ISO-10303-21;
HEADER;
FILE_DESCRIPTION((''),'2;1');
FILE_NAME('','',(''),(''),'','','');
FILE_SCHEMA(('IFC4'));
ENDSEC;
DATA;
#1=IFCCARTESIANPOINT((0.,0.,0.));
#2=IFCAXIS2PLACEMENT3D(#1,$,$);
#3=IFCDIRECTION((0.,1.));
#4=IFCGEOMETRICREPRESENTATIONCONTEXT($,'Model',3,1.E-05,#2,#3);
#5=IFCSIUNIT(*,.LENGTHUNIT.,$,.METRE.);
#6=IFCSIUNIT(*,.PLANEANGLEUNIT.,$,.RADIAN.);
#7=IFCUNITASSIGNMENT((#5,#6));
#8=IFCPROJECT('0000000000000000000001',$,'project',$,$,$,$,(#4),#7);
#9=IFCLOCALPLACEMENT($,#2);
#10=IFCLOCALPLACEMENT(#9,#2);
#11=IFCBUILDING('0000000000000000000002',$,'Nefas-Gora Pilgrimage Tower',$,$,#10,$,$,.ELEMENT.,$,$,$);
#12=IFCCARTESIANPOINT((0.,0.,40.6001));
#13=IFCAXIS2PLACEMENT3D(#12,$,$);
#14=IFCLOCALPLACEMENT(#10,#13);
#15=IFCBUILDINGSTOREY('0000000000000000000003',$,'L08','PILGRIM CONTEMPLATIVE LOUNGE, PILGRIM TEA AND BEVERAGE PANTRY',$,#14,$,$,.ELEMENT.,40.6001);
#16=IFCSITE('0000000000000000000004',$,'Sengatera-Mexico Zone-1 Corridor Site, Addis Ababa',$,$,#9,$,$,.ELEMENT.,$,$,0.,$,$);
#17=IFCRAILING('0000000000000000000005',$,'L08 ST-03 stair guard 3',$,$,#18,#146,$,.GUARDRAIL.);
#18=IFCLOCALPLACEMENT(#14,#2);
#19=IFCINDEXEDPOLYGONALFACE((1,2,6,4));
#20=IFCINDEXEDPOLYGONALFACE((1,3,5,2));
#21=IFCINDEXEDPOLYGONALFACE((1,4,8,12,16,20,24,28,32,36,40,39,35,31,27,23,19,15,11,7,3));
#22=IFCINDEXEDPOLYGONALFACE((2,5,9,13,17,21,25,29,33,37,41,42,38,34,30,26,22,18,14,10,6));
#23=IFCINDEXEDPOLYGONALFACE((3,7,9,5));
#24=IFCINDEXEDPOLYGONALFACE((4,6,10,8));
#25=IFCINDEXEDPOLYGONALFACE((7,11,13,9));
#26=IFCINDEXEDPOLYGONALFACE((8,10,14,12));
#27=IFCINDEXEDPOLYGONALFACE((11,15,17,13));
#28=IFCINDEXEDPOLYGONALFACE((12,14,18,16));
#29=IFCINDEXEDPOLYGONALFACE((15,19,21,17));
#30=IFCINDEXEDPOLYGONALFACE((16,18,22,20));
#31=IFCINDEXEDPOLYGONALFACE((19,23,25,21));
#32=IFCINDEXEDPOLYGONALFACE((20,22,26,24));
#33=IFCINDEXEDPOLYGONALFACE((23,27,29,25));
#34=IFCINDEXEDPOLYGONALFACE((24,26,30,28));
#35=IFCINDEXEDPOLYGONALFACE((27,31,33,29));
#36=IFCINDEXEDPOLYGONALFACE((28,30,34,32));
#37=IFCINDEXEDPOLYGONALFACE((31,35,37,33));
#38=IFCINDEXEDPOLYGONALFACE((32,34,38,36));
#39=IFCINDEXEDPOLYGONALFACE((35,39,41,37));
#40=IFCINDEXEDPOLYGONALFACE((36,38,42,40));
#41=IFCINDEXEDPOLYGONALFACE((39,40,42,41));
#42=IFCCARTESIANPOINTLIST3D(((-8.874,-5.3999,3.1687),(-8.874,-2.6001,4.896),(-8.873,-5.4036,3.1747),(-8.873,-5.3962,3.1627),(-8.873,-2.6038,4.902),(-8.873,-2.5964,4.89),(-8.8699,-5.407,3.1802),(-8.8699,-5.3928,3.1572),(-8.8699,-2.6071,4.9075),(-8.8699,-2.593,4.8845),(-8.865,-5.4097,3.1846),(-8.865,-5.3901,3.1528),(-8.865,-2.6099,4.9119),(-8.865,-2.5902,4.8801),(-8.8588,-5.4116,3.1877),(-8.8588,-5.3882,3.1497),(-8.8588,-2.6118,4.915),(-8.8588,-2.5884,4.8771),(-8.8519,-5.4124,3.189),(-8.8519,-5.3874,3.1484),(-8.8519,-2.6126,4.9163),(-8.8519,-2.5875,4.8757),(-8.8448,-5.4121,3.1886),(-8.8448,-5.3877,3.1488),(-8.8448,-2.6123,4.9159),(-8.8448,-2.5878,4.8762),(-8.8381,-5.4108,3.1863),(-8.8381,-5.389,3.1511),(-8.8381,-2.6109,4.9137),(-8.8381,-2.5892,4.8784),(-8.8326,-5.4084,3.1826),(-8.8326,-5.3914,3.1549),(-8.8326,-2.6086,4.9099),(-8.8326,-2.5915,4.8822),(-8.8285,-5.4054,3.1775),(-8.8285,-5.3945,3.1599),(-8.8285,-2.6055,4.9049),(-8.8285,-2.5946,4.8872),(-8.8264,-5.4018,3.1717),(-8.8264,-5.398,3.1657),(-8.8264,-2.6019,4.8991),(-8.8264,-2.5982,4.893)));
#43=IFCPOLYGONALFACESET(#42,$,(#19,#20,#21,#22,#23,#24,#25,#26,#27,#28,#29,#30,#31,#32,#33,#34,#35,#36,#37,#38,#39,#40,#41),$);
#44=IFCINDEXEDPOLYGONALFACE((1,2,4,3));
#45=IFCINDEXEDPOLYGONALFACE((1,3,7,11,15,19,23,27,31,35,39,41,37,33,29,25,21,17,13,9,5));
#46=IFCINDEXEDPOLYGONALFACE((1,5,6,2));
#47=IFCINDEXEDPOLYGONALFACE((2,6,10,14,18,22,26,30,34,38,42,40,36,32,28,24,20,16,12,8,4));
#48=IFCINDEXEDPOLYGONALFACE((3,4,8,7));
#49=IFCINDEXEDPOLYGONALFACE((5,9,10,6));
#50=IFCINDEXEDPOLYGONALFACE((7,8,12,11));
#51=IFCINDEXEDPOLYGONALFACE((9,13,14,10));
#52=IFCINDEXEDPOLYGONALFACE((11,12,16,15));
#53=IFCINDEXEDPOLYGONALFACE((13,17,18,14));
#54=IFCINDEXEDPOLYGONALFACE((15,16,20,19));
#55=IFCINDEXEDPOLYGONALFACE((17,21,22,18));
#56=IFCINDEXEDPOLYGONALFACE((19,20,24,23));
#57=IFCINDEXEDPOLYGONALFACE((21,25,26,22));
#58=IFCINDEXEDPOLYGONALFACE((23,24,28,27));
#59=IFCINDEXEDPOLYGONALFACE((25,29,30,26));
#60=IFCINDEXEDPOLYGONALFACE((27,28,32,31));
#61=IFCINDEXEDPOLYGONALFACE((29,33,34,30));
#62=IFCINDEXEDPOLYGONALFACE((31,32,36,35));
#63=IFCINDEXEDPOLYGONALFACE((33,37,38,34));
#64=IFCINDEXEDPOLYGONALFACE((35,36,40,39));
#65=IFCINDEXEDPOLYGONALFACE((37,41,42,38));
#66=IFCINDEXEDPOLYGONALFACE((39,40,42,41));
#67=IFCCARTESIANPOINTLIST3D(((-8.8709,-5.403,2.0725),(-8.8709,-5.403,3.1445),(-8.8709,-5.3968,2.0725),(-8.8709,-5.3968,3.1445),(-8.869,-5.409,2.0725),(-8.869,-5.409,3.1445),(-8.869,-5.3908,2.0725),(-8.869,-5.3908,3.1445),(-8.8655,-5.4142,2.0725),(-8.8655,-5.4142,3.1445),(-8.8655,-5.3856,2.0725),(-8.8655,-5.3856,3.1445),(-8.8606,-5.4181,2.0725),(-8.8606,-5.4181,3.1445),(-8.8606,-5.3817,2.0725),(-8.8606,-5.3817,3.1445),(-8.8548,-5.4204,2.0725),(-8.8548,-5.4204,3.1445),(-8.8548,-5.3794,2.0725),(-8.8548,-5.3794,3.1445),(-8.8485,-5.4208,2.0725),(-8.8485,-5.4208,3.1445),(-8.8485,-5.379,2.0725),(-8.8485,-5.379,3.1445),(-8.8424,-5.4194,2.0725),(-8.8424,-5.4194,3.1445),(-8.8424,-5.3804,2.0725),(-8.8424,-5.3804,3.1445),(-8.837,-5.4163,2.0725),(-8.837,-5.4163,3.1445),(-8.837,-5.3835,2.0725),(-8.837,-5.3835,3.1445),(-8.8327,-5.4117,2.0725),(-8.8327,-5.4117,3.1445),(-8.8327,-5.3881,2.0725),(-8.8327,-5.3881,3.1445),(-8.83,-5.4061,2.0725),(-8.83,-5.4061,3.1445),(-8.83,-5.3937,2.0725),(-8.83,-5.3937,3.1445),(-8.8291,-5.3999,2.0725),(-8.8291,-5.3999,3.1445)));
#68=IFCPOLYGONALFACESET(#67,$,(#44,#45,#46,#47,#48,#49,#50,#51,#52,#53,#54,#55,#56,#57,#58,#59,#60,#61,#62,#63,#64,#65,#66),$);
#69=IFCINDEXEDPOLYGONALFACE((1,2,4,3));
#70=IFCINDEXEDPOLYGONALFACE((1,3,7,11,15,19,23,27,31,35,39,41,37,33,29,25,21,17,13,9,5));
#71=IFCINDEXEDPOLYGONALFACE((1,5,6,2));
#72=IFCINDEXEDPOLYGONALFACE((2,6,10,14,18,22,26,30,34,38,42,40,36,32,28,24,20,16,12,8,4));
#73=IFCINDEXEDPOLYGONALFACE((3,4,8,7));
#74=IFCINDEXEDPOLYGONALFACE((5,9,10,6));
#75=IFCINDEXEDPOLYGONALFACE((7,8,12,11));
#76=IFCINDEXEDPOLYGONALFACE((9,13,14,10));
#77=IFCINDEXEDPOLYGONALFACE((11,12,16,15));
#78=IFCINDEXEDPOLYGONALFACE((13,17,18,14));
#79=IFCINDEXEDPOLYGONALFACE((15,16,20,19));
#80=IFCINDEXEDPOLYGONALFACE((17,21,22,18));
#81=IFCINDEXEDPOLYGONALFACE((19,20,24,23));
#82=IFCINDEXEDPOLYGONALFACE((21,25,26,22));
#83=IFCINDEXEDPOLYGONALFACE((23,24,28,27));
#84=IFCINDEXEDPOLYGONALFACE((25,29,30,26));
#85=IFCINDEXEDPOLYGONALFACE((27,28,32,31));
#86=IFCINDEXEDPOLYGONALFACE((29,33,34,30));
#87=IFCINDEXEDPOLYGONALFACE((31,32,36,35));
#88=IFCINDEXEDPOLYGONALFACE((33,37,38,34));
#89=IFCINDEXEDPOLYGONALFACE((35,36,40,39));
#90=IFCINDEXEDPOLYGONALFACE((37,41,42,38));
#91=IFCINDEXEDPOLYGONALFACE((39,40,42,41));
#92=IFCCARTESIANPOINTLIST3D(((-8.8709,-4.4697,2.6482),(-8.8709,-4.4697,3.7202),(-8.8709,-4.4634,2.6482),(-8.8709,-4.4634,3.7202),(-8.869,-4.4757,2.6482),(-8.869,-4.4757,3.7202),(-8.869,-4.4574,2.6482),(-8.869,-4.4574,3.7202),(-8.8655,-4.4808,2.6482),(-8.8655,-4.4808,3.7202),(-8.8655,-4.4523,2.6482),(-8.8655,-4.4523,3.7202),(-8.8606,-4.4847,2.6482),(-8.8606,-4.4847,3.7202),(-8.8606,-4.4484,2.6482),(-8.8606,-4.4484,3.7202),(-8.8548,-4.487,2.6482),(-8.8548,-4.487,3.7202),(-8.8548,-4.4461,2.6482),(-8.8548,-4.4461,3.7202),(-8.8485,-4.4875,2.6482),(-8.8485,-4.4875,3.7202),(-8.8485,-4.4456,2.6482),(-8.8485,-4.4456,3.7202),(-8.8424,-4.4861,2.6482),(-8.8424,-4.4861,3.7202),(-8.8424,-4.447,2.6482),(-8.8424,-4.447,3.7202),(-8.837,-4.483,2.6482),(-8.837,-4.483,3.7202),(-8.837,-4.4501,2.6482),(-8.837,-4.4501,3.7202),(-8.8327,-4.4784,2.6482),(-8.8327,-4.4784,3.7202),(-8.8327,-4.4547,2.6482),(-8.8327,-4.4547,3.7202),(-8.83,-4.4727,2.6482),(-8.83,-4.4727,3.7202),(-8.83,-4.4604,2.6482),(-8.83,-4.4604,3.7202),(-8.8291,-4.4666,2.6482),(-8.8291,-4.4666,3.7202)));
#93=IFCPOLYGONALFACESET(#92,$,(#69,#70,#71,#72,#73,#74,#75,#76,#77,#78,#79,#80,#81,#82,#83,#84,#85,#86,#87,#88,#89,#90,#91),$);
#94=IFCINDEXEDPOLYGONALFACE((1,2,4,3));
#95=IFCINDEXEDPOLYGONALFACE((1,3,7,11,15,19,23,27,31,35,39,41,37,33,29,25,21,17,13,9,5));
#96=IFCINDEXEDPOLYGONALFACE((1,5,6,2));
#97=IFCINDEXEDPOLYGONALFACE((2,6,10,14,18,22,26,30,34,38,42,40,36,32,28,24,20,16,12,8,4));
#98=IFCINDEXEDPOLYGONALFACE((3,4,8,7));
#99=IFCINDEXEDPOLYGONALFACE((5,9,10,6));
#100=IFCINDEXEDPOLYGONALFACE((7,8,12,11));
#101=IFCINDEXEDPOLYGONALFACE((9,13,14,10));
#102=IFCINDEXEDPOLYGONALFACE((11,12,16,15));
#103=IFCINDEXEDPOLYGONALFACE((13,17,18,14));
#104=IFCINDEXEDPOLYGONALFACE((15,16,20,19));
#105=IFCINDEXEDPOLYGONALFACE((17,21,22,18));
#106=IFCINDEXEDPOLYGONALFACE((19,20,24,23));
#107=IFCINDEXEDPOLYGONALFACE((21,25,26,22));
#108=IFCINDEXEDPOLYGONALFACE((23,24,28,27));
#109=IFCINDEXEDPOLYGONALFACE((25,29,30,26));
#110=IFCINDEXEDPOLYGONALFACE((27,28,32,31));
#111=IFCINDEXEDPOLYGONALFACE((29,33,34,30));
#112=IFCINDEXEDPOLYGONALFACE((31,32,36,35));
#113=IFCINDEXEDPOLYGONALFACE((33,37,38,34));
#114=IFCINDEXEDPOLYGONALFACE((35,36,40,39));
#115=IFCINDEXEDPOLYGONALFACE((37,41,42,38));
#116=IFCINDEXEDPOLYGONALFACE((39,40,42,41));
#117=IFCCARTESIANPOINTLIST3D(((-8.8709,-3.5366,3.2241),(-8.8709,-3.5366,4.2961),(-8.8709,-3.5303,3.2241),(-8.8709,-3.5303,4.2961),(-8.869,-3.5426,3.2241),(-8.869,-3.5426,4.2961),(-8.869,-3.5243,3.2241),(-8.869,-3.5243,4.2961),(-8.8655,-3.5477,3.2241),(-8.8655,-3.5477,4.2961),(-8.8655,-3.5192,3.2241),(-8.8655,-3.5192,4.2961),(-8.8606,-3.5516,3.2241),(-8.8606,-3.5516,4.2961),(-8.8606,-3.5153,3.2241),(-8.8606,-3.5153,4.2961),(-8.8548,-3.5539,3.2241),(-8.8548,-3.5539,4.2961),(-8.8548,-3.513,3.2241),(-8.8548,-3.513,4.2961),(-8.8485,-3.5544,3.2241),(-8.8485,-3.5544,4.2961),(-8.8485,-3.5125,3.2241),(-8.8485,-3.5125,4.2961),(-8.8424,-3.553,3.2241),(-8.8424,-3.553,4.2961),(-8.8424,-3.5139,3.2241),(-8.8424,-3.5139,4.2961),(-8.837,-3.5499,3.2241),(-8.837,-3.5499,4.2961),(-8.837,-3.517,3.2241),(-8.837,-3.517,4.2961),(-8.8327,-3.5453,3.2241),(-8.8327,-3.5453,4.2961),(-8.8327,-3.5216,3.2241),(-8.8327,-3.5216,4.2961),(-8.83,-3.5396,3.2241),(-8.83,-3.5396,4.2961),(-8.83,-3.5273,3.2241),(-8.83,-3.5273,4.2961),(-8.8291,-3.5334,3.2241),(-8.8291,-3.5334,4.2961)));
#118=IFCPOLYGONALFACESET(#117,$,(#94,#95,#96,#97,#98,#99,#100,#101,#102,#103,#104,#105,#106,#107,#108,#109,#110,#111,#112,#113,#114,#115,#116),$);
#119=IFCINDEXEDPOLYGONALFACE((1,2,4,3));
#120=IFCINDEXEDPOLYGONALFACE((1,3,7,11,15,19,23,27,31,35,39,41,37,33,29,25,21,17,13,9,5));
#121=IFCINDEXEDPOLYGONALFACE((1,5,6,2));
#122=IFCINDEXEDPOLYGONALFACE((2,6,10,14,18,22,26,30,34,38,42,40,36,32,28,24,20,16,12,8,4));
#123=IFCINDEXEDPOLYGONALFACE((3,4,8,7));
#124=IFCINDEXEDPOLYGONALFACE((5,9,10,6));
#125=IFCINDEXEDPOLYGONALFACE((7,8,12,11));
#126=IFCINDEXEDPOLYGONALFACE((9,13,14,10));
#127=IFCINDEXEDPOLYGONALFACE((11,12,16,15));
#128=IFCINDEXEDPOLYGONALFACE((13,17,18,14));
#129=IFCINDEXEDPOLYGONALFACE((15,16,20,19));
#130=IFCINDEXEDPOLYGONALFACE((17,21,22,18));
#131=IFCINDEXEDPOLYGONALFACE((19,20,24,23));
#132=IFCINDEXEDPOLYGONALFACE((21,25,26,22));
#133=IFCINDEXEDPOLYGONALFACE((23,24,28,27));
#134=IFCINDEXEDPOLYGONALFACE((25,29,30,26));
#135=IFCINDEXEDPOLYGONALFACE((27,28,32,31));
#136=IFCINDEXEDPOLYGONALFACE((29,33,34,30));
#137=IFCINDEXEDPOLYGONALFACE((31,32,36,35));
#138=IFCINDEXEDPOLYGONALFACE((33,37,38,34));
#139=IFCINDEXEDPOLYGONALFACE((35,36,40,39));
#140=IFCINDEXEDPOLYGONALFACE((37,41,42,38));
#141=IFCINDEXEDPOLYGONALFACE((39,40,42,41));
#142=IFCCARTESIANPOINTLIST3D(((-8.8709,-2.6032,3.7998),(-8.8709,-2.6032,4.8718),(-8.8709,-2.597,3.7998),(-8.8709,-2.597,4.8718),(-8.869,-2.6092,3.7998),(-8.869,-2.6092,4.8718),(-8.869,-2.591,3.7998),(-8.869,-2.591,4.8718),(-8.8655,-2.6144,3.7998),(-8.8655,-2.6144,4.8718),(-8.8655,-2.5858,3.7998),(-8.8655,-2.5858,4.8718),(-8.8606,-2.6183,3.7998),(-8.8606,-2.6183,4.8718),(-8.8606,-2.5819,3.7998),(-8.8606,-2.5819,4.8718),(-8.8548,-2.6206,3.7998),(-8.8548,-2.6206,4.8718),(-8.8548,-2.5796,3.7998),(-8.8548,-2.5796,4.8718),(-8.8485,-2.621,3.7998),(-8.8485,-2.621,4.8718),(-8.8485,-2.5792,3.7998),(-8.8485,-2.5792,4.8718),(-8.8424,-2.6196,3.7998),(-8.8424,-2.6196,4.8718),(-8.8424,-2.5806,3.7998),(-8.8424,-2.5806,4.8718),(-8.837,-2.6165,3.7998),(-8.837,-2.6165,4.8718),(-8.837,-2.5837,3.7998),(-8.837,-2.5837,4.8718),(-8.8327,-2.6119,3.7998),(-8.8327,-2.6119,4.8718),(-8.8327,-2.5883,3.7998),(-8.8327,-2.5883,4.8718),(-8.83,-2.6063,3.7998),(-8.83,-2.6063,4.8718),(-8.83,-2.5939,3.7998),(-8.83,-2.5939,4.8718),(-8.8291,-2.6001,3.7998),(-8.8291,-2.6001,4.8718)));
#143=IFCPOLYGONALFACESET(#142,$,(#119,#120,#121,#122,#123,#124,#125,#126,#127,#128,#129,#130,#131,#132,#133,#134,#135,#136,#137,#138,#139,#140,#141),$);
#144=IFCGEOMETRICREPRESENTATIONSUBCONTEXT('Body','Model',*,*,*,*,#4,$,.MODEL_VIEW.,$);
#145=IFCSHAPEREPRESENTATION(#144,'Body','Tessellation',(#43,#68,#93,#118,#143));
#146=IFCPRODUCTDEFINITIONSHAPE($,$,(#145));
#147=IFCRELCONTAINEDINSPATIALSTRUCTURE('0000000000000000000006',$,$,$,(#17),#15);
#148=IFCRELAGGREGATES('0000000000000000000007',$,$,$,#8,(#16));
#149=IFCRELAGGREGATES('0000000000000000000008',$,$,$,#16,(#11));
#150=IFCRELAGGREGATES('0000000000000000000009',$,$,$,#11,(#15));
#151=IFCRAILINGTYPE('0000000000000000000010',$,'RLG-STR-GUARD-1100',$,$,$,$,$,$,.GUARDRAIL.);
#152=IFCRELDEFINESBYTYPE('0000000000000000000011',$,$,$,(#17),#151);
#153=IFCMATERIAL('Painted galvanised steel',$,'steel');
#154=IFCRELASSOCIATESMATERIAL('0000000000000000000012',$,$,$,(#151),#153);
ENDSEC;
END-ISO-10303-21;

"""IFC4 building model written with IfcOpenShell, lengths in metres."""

from ifc_helpers import new_model, si_unit, direction, frame, origin, origin_2d, place, context, subcontext, project, spatial, circle, extrude, material, type_object, element, save


model = new_model("IFC4")

# Units and contexts
model_context = context("Model", 3, precision=1e-05, world=origin(), true_north=direction((0.0, 1.0)))
body_context = subcontext(model_context, "Body", "Model", "MODEL_VIEW")
ifc_project = project(units=[si_unit("LENGTHUNIT", "METRE"), si_unit("PLANEANGLEUNIT", "RADIAN")], contexts=[model_context])

# Site, building, storey
site_placement = place(None, origin())
site = spatial("IfcSite", under=ifc_project, at=site_placement, Name="Sengatera-Mexico Zone-1 Corridor Site, Addis Ababa", CompositionType="ELEMENT", RefElevation=0.0)
building_placement = place(site_placement, origin())
building = spatial("IfcBuilding", under=site, at=building_placement, Name="Nefas-Gora Pilgrimage Tower", CompositionType="ELEMENT")
storey_placement = place(building_placement, frame((0.0, 0.0, 40.6001)))
storey = spatial("IfcBuildingStorey", under=building, at=storey_placement, Name="L08", Description="PILGRIM CONTEMPLATIVE LOUNGE, PILGRIM TEA AND BEVERAGE PANTRY", CompositionType="ELEMENT", Elevation=40.6001)

# Railing
ifc_material_1 = material(Name="Painted galvanised steel", Category="steel")
railing_type_1 = type_object("IfcRailingType", Name="RLG-STR-GUARD-1100", PredefinedType="GUARDRAIL", material=ifc_material_1)
railing_1_placement = place(storey_placement, frame((-8.8501, -5.3999, 2.0725)))
element("IfcRailing", 1, at=railing_1_placement, inside=storey, type_object=railing_type_1, Name="L08 ST-03 stair guard 3", PredefinedType="GUARDRAIL", context=body_context, shape_type="SweptSolid", body=[
    extrude(circle(Radius=0.0239, at=origin_2d()), frame((0.0, 0.0, 1.0962), z_axis=(0.0, 0.851069, 0.525054), x_axis=(-1.0, 0.0, 0.0)), (0.0, 0.0, 1.0), 3.2898),
    extrude(circle(Radius=0.021, at=origin_2d()), origin(), (0.0, 0.0, 1.0), 1.072),
    extrude(circle(Radius=0.021, at=origin_2d()), frame((0.0, 0.9333, 0.5757)), (0.0, 0.0, 1.0), 1.072),
    extrude(circle(Radius=0.021, at=origin_2d()), frame((0.0, 1.8665, 1.1516)), (0.0, 0.0, 1.0), 1.072),
    extrude(circle(Radius=0.021, at=origin_2d()), frame((0.0, 2.7998, 1.7273)), (0.0, 0.0, 1.0), 1.072),
])

save(model, "model.ifc")
